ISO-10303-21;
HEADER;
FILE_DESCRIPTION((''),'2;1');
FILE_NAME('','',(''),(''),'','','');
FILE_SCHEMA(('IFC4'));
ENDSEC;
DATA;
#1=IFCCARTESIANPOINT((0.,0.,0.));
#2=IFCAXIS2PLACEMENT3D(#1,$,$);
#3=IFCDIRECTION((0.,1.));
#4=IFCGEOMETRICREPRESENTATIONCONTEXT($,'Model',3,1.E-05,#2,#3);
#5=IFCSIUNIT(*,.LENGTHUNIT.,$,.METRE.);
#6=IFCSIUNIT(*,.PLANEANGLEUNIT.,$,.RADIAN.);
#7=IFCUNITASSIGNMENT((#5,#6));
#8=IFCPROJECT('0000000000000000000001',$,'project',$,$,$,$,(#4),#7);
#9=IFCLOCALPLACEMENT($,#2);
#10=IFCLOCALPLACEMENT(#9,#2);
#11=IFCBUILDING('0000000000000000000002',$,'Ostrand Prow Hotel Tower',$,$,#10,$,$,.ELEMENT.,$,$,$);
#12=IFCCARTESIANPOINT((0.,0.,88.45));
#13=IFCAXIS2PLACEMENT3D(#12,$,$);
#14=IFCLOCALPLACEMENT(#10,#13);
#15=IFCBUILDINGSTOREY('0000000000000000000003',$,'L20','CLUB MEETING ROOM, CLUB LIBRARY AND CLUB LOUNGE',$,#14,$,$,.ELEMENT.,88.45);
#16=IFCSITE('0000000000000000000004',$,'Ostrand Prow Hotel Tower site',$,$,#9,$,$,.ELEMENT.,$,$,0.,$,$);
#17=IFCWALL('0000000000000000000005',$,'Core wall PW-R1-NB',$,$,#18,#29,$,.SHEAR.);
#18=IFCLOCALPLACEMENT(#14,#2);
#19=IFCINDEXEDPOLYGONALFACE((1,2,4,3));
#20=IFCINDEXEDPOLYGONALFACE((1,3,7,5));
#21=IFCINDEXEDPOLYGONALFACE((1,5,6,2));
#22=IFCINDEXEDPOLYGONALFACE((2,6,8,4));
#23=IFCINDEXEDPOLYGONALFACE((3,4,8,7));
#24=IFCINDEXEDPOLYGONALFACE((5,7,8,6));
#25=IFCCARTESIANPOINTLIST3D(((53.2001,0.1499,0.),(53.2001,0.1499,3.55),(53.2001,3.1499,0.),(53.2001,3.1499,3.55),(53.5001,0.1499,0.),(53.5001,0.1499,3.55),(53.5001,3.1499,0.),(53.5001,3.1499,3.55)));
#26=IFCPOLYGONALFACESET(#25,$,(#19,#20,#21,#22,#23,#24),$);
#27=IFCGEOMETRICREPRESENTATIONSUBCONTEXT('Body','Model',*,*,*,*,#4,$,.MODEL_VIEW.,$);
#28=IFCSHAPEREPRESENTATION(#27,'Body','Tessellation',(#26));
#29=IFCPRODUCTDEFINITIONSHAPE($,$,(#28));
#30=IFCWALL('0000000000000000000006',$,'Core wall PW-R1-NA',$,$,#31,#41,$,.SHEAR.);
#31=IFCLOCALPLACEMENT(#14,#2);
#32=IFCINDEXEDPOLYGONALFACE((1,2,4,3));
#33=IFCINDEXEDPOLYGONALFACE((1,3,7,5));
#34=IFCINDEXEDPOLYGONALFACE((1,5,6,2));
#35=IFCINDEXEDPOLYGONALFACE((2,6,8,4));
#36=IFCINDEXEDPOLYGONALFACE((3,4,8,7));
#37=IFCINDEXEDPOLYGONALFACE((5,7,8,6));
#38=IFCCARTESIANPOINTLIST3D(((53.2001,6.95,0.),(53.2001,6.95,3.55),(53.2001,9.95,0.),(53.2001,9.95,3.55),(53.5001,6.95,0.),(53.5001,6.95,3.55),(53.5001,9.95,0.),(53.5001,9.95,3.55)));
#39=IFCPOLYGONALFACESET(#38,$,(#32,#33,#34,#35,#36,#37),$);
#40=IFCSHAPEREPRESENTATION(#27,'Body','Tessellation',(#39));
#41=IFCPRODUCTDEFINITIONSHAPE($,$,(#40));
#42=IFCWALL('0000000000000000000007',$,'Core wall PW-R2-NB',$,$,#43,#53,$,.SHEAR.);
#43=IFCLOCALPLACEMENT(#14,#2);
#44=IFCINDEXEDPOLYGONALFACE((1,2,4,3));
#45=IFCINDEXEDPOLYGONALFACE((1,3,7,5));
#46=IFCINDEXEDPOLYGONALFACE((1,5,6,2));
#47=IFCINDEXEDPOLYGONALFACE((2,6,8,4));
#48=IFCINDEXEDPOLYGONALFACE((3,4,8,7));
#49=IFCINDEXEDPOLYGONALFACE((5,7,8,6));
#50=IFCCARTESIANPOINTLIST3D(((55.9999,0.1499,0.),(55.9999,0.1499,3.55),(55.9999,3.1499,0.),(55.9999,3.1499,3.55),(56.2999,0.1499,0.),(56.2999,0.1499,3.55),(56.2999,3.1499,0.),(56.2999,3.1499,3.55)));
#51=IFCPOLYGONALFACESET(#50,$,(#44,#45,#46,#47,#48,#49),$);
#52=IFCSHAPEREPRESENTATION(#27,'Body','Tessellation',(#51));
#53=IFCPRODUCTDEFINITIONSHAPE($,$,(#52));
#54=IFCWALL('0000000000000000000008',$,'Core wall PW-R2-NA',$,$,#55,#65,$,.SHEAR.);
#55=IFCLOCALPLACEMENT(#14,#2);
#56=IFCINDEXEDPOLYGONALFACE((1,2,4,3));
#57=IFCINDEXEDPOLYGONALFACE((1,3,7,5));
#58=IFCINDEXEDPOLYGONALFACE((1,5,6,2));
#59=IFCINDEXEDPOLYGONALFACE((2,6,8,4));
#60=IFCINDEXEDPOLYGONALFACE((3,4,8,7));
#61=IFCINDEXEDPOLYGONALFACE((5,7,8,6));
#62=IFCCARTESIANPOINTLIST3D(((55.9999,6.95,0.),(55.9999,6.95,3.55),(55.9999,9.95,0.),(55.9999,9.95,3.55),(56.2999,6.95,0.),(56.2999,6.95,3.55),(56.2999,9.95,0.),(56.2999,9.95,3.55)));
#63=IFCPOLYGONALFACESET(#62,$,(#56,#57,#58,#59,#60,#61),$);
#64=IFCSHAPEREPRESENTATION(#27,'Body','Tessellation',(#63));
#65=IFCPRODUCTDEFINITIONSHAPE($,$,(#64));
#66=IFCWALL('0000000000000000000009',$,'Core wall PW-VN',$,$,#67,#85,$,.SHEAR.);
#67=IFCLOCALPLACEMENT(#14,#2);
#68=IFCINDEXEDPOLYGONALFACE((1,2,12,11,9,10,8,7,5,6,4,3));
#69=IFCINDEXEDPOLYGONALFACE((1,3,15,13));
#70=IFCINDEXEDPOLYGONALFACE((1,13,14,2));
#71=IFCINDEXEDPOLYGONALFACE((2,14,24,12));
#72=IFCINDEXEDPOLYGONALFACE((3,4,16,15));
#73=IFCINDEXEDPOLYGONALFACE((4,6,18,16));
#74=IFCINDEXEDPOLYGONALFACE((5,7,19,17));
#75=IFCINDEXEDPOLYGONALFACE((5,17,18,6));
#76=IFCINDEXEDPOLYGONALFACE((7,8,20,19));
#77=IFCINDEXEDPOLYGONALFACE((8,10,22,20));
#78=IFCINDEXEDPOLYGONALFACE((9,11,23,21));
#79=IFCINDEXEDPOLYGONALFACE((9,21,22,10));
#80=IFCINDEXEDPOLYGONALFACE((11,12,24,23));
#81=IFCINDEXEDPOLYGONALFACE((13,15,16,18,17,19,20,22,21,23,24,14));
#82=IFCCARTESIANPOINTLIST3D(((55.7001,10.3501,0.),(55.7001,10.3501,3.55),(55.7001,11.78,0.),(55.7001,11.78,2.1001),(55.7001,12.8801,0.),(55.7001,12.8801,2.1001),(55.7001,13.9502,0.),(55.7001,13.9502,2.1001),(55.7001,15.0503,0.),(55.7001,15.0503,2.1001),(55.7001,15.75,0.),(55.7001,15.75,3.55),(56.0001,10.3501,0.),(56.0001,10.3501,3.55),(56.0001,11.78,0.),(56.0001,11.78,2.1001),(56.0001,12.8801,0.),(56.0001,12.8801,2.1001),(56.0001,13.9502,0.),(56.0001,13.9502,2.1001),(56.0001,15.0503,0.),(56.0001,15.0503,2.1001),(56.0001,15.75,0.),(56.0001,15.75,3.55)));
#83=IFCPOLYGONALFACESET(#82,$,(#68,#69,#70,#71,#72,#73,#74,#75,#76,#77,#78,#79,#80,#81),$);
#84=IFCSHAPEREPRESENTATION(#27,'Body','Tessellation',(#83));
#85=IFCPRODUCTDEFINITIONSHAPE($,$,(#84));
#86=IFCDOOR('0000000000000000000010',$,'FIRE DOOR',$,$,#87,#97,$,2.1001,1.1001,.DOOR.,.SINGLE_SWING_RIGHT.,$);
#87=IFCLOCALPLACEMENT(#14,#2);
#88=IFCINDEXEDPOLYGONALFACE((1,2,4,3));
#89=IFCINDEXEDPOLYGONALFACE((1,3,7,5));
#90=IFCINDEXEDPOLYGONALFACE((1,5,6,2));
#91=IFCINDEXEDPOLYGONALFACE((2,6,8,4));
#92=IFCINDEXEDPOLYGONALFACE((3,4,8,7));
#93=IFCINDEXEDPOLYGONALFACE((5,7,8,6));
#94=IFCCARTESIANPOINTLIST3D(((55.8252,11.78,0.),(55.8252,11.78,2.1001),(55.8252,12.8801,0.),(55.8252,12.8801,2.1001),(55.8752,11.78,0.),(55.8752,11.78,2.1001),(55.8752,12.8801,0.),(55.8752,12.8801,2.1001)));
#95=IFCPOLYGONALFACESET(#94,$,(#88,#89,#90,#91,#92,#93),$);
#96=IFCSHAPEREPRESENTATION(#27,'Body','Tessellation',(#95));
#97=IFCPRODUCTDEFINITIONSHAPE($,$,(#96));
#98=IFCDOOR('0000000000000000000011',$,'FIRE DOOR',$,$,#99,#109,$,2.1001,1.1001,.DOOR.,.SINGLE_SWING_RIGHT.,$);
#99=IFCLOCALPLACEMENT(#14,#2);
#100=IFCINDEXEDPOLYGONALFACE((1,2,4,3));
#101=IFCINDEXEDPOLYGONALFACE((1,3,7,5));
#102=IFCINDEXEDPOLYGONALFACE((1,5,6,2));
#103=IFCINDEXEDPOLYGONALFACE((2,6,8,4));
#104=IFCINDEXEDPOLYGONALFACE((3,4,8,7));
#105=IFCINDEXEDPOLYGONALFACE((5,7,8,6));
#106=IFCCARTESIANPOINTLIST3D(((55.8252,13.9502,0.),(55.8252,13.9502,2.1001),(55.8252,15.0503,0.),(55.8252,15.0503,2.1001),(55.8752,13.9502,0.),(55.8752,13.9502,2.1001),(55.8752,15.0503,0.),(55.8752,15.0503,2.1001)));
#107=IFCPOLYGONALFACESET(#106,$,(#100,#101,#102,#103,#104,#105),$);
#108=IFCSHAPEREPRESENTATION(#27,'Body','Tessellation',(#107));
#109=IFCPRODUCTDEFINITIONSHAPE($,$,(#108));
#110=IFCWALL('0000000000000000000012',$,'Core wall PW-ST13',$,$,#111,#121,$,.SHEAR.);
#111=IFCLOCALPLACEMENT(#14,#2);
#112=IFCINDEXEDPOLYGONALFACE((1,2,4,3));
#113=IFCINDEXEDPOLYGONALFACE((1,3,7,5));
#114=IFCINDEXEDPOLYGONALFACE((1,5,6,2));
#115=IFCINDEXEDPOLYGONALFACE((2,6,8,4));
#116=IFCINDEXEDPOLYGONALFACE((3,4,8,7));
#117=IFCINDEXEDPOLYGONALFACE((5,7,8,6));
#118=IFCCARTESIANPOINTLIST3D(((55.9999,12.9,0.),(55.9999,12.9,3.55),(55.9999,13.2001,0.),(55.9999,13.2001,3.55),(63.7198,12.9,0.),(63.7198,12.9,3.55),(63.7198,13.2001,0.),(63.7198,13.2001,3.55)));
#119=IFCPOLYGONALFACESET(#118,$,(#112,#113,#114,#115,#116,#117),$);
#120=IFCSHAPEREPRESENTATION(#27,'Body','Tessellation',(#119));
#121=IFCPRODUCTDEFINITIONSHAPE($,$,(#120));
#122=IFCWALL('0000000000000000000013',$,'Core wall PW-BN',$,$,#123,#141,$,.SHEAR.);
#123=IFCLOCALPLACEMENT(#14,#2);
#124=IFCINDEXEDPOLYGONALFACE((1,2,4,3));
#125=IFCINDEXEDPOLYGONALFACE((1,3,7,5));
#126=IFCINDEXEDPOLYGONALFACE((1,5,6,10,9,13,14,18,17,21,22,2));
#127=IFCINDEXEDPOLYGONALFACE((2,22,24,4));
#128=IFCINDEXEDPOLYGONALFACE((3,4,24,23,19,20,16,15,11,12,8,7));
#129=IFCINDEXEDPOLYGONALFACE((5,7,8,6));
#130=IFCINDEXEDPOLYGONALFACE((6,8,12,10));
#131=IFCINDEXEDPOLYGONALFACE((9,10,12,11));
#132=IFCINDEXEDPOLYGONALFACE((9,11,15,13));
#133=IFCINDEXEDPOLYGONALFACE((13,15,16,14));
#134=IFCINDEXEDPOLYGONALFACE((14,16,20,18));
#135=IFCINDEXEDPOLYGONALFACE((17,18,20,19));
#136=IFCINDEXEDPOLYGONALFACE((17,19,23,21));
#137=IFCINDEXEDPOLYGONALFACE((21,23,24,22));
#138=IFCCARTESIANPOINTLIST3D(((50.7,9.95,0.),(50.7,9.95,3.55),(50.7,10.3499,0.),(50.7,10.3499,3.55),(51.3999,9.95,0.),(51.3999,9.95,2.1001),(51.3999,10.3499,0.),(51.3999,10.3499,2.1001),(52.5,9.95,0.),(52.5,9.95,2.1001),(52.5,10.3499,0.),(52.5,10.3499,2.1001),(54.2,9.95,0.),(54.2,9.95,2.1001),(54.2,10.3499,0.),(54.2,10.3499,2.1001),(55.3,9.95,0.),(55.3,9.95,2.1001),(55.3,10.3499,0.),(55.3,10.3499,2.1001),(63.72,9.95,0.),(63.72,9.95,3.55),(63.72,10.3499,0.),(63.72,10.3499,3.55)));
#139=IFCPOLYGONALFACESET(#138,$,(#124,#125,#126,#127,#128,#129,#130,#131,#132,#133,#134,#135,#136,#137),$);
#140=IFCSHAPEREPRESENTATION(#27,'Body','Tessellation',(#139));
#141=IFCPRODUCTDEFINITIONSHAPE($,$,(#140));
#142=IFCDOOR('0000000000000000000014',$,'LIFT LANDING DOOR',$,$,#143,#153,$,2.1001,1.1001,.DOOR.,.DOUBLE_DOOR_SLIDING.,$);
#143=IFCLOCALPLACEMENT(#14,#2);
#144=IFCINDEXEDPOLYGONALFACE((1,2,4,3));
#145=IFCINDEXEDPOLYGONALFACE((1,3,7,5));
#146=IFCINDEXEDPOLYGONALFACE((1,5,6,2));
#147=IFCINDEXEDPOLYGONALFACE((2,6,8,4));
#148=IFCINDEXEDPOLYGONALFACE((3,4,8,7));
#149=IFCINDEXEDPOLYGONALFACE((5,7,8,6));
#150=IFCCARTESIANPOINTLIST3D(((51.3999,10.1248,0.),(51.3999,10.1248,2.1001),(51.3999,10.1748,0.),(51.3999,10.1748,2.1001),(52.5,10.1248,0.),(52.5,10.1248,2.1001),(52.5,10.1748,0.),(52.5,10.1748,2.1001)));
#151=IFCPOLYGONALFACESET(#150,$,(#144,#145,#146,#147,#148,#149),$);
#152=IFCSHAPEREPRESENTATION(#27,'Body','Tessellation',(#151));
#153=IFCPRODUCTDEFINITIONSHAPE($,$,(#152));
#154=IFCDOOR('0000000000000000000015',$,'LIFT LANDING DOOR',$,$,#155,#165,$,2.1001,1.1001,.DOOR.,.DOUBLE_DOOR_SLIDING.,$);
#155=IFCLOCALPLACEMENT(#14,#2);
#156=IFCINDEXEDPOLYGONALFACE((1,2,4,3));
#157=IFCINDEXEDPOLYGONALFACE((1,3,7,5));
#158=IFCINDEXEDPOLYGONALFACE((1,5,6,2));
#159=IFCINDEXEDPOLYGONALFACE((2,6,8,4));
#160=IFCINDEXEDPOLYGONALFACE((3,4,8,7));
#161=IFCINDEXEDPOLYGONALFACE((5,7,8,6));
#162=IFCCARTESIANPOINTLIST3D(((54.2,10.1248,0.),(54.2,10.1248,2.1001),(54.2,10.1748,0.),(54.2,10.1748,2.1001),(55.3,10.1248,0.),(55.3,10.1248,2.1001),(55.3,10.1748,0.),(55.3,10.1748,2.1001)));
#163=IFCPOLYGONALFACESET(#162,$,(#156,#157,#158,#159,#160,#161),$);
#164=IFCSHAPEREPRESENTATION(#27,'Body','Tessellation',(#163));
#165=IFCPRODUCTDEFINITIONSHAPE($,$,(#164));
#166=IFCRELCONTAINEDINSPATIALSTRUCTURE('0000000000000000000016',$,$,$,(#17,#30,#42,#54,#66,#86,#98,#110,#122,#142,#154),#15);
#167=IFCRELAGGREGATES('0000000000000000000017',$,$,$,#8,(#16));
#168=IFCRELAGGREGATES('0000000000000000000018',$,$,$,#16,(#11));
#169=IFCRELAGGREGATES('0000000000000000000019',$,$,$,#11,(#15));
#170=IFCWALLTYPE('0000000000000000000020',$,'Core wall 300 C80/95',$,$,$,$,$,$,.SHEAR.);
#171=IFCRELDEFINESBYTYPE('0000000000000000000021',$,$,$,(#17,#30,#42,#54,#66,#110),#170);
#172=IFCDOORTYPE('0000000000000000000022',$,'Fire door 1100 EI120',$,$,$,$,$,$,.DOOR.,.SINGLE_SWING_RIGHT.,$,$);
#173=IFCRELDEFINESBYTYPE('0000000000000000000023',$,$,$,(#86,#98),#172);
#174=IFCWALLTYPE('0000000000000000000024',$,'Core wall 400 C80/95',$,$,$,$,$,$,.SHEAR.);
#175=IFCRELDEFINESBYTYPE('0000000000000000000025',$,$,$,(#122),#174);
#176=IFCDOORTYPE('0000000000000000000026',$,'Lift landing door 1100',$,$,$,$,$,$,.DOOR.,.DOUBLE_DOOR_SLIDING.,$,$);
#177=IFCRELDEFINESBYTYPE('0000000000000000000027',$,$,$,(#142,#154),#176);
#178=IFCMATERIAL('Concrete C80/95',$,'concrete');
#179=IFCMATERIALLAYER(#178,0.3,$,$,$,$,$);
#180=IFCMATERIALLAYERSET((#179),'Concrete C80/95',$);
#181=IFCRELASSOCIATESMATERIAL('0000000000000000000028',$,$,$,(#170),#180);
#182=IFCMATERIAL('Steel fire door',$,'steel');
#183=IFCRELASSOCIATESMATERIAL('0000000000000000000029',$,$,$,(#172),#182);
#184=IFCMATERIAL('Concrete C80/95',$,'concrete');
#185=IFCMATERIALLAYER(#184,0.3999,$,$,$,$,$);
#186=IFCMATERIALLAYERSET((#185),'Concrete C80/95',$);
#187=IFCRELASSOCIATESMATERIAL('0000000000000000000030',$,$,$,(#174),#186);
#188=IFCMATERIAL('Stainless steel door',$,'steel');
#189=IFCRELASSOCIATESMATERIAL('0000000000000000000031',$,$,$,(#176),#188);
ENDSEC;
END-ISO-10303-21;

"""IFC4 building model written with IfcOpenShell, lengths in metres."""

from ifc_helpers import new_model, si_unit, direction, frame, frame_2d, origin, place, context, subcontext, project, spatial, rectangle, extrude, material, layer, layer_set, type_object, element, fill, save


model = new_model("IFC4")

# Units and contexts
model_context = context("Model", 3, precision=1e-05, world=origin(), true_north=direction((0.0, 1.0)))
body_context = subcontext(model_context, "Body", "Model", "MODEL_VIEW")
ifc_project = project(units=[si_unit("LENGTHUNIT", "METRE"), si_unit("PLANEANGLEUNIT", "RADIAN")], contexts=[model_context])

# Site, building, storey
site_placement = place(None, origin())
site = spatial("IfcSite", under=ifc_project, at=site_placement, Name="Ostrand Prow Hotel Tower site", CompositionType="ELEMENT", RefElevation=0.0)
building_placement = place(site_placement, origin())
building = spatial("IfcBuilding", under=site, at=building_placement, Name="Ostrand Prow Hotel Tower", CompositionType="ELEMENT")
storey_placement = place(building_placement, frame((0.0, 0.0, 88.45)))
storey = spatial("IfcBuildingStorey", under=building, at=storey_placement, Name="L20", Description="CLUB MEETING ROOM, CLUB LIBRARY AND CLUB LOUNGE", CompositionType="ELEMENT", Elevation=88.45)

# Walls
ifc_material_1 = material(Name="Concrete C80/95", Category="concrete")
ifc_layer_1 = layer(ifc_material_1, 0.3)
ifc_layer_set_1 = layer_set([ifc_layer_1], Name="Concrete C80/95")
wall_type_1 = type_object("IfcWallType", Name="Core wall 300 C80/95", PredefinedType="SHEAR", material=ifc_layer_set_1)
for number, where, z_axis, x_axis, name in (
    (1, (53.3501, 0.1499, 0.0), (0.0, 0.0, 1.0), (0.0, 1.0, 0.0), "Core wall PW-R1-NB"),
    (2, (53.3501, 6.95, 0.0), (0.0, 0.0, 1.0), (0.0, 1.0, 0.0), "Core wall PW-R1-NA"),
    (3, (56.1499, 0.1499, 0.0), (0.0, 0.0, 1.0), (0.0, 1.0, 0.0), "Core wall PW-R2-NB"),
    (4, (56.1499, 6.95, 0.0), (0.0, 0.0, 1.0), (0.0, 1.0, 0.0), "Core wall PW-R2-NA"),
):
    element("IfcWall", number, at=place(storey_placement, frame(where, z_axis=z_axis, x_axis=x_axis)), inside=storey, type_object=wall_type_1, Name=name, PredefinedType="SHEAR", context=body_context, shape_type="SweptSolid", body=[
        extrude(rectangle(XDim=3.0, YDim=0.3, at=frame_2d((1.5, 0.0))), origin(), (0.0, 0.0, 1.0), 3.55),
    ])

# Wall, openings, doors
wall_1_placement = place(storey_placement, frame((55.8501, 10.3501, 0.0), z_axis=(0.0, 0.0, 1.0), x_axis=(0.0, 1.0, 0.0)))
wall_1 = element("IfcWall", 5, at=wall_1_placement, inside=storey, type_object=wall_type_1, Name="Core wall PW-VN", PredefinedType="SHEAR", context=body_context, shape_type="SweptSolid", body=[
    extrude(rectangle(XDim=5.3999, YDim=0.3, at=frame_2d((2.7, 0.0))), origin(), (0.0, 0.0, 1.0), 3.55),
])
opening_1_placement = place(wall_1_placement, frame((1.4299, 0.0, 0.0)))
opening_1 = element("IfcOpeningElement", 6, at=opening_1_placement, cuts=wall_1, PredefinedType="OPENING", context=body_context, shape_type="SweptSolid", body=[
    extrude(rectangle(XDim=1.1001, YDim=2.1001, at=frame_2d((0.55, 1.05))), frame((0.0, 0.1599, 0.0), z_axis=(0.0, -1.0, 0.0), x_axis=(1.0, 0.0, 0.0)), (0.0, 0.0, 1.0), 0.3201),
])
opening_2_placement = place(wall_1_placement, frame((3.6001, 0.0, 0.0)))
opening_2 = element("IfcOpeningElement", 7, at=opening_2_placement, cuts=wall_1, PredefinedType="OPENING", context=body_context, shape_type="SweptSolid", body=[
    extrude(rectangle(XDim=1.1001, YDim=2.1001, at=frame_2d((0.55, 1.05))), frame((0.0, 0.1599, 0.0), z_axis=(0.0, -1.0, 0.0), x_axis=(1.0, 0.0, 0.0)), (0.0, 0.0, 1.0), 0.3201),
])
ifc_material_2 = material(Name="Steel fire door", Category="steel")
door_type_1 = type_object("IfcDoorType", Name="Fire door 1100 EI120", OperationType="SINGLE_SWING_RIGHT", PredefinedType="DOOR", material=ifc_material_2)
door_1_placement = place(opening_1_placement, origin())
door_1 = element("IfcDoor", 8, at=door_1_placement, inside=storey, type_object=door_type_1, Name="FIRE DOOR", OperationType="SINGLE_SWING_RIGHT", OverallHeight=2.1001, OverallWidth=1.1001, PredefinedType="DOOR", context=body_context, shape_type="SweptSolid", body=[
    extrude(rectangle(XDim=1.1001, YDim=2.1001, at=frame_2d((0.55, 1.05))), frame((0.0, 0.0249, 0.0), z_axis=(0.0, -1.0, 0.0), x_axis=(1.0, 0.0, 0.0)), (0.0, 0.0, 1.0), 0.05),
])
fill(opening_1, door_1)
door_2_placement = place(opening_2_placement, origin())
door_2 = element("IfcDoor", 9, at=door_2_placement, inside=storey, type_object=door_type_1, Name="FIRE DOOR", OperationType="SINGLE_SWING_RIGHT", OverallHeight=2.1001, OverallWidth=1.1001, PredefinedType="DOOR", context=body_context, shape_type="SweptSolid", body=[
    extrude(rectangle(XDim=1.1001, YDim=2.1001, at=frame_2d((0.55, 1.05))), frame((0.0, 0.0249, 0.0), z_axis=(0.0, -1.0, 0.0), x_axis=(1.0, 0.0, 0.0)), (0.0, 0.0, 1.0), 0.05),
])
fill(opening_2, door_2)

# Wall
wall_2_placement = place(storey_placement, frame((56.0, 13.05, 0.0), z_axis=(0.0, 0.0, 1.0), x_axis=(1.0, 0.0, 0.0)))
element("IfcWall", 10, at=wall_2_placement, inside=storey, type_object=wall_type_1, Name="Core wall PW-ST13", PredefinedType="SHEAR", context=body_context, shape_type="SweptSolid", body=[
    extrude(rectangle(XDim=7.72, YDim=0.3, at=frame_2d((3.8599, 0.0))), origin(), (0.0, 0.0, 1.0), 3.55),
])

# Wall, openings, doors
ifc_material_3 = material(Name="Concrete C80/95", Category="concrete")
ifc_layer_2 = layer(ifc_material_3, 0.3999)
ifc_layer_set_2 = layer_set([ifc_layer_2], Name="Concrete C80/95")
wall_type_2 = type_object("IfcWallType", Name="Core wall 400 C80/95", PredefinedType="SHEAR", material=ifc_layer_set_2)
wall_3_placement = place(storey_placement, frame((50.7, 10.1499, 0.0), z_axis=(0.0, 0.0, 1.0), x_axis=(1.0, 0.0, 0.0)))
wall_3 = element("IfcWall", 11, at=wall_3_placement, inside=storey, type_object=wall_type_2, Name="Core wall PW-BN", PredefinedType="SHEAR", context=body_context, shape_type="SweptSolid", body=[
    extrude(rectangle(XDim=13.02, YDim=0.3999, at=frame_2d((6.51, 0.0))), origin(), (0.0, 0.0, 1.0), 3.55),
])
opening_3_placement = place(wall_3_placement, frame((0.7, 0.0, 0.0)))
opening_3 = element("IfcOpeningElement", 12, at=opening_3_placement, cuts=wall_3, PredefinedType="OPENING", context=body_context, shape_type="SweptSolid", body=[
    extrude(rectangle(XDim=1.1001, YDim=2.1001, at=frame_2d((0.55, 1.05))), frame((0.0, 0.21, 0.0), z_axis=(0.0, -1.0, 0.0), x_axis=(1.0, 0.0, 0.0)), (0.0, 0.0, 1.0), 0.4199),
])
opening_4_placement = place(wall_3_placement, frame((3.5, 0.0, 0.0)))
opening_4 = element("IfcOpeningElement", 13, at=opening_4_placement, cuts=wall_3, PredefinedType="OPENING", context=body_context, shape_type="SweptSolid", body=[
    extrude(rectangle(XDim=1.1001, YDim=2.1001, at=frame_2d((0.55, 1.05))), frame((0.0, 0.21, 0.0), z_axis=(0.0, -1.0, 0.0), x_axis=(1.0, 0.0, 0.0)), (0.0, 0.0, 1.0), 0.4199),
])
ifc_material_4 = material(Name="Stainless steel door", Category="steel")
door_type_2 = type_object("IfcDoorType", Name="Lift landing door 1100", OperationType="DOUBLE_DOOR_SLIDING", PredefinedType="DOOR", material=ifc_material_4)
door_3_placement = place(opening_3_placement, origin())
door_3 = element("IfcDoor", 14, at=door_3_placement, inside=storey, type_object=door_type_2, Name="LIFT LANDING DOOR", OperationType="DOUBLE_DOOR_SLIDING", OverallHeight=2.1001, OverallWidth=1.1001, PredefinedType="DOOR", context=body_context, shape_type="SweptSolid", body=[
    extrude(rectangle(XDim=1.1001, YDim=2.1001, at=frame_2d((0.55, 1.05))), frame((0.0, 0.0249, 0.0), z_axis=(0.0, -1.0, 0.0), x_axis=(1.0, 0.0, 0.0)), (0.0, 0.0, 1.0), 0.05),
])
fill(opening_3, door_3)
door_4_placement = place(opening_4_placement, origin())
door_4 = element("IfcDoor", 15, at=door_4_placement, inside=storey, type_object=door_type_2, Name="LIFT LANDING DOOR", OperationType="DOUBLE_DOOR_SLIDING", OverallHeight=2.1001, OverallWidth=1.1001, PredefinedType="DOOR", context=body_context, shape_type="SweptSolid", body=[
    extrude(rectangle(XDim=1.1001, YDim=2.1001, at=frame_2d((0.55, 1.05))), frame((0.0, 0.0249, 0.0), z_axis=(0.0, -1.0, 0.0), x_axis=(1.0, 0.0, 0.0)), (0.0, 0.0, 1.0), 0.05),
])
fill(opening_4, door_4)

save(model, "model.ifc")
